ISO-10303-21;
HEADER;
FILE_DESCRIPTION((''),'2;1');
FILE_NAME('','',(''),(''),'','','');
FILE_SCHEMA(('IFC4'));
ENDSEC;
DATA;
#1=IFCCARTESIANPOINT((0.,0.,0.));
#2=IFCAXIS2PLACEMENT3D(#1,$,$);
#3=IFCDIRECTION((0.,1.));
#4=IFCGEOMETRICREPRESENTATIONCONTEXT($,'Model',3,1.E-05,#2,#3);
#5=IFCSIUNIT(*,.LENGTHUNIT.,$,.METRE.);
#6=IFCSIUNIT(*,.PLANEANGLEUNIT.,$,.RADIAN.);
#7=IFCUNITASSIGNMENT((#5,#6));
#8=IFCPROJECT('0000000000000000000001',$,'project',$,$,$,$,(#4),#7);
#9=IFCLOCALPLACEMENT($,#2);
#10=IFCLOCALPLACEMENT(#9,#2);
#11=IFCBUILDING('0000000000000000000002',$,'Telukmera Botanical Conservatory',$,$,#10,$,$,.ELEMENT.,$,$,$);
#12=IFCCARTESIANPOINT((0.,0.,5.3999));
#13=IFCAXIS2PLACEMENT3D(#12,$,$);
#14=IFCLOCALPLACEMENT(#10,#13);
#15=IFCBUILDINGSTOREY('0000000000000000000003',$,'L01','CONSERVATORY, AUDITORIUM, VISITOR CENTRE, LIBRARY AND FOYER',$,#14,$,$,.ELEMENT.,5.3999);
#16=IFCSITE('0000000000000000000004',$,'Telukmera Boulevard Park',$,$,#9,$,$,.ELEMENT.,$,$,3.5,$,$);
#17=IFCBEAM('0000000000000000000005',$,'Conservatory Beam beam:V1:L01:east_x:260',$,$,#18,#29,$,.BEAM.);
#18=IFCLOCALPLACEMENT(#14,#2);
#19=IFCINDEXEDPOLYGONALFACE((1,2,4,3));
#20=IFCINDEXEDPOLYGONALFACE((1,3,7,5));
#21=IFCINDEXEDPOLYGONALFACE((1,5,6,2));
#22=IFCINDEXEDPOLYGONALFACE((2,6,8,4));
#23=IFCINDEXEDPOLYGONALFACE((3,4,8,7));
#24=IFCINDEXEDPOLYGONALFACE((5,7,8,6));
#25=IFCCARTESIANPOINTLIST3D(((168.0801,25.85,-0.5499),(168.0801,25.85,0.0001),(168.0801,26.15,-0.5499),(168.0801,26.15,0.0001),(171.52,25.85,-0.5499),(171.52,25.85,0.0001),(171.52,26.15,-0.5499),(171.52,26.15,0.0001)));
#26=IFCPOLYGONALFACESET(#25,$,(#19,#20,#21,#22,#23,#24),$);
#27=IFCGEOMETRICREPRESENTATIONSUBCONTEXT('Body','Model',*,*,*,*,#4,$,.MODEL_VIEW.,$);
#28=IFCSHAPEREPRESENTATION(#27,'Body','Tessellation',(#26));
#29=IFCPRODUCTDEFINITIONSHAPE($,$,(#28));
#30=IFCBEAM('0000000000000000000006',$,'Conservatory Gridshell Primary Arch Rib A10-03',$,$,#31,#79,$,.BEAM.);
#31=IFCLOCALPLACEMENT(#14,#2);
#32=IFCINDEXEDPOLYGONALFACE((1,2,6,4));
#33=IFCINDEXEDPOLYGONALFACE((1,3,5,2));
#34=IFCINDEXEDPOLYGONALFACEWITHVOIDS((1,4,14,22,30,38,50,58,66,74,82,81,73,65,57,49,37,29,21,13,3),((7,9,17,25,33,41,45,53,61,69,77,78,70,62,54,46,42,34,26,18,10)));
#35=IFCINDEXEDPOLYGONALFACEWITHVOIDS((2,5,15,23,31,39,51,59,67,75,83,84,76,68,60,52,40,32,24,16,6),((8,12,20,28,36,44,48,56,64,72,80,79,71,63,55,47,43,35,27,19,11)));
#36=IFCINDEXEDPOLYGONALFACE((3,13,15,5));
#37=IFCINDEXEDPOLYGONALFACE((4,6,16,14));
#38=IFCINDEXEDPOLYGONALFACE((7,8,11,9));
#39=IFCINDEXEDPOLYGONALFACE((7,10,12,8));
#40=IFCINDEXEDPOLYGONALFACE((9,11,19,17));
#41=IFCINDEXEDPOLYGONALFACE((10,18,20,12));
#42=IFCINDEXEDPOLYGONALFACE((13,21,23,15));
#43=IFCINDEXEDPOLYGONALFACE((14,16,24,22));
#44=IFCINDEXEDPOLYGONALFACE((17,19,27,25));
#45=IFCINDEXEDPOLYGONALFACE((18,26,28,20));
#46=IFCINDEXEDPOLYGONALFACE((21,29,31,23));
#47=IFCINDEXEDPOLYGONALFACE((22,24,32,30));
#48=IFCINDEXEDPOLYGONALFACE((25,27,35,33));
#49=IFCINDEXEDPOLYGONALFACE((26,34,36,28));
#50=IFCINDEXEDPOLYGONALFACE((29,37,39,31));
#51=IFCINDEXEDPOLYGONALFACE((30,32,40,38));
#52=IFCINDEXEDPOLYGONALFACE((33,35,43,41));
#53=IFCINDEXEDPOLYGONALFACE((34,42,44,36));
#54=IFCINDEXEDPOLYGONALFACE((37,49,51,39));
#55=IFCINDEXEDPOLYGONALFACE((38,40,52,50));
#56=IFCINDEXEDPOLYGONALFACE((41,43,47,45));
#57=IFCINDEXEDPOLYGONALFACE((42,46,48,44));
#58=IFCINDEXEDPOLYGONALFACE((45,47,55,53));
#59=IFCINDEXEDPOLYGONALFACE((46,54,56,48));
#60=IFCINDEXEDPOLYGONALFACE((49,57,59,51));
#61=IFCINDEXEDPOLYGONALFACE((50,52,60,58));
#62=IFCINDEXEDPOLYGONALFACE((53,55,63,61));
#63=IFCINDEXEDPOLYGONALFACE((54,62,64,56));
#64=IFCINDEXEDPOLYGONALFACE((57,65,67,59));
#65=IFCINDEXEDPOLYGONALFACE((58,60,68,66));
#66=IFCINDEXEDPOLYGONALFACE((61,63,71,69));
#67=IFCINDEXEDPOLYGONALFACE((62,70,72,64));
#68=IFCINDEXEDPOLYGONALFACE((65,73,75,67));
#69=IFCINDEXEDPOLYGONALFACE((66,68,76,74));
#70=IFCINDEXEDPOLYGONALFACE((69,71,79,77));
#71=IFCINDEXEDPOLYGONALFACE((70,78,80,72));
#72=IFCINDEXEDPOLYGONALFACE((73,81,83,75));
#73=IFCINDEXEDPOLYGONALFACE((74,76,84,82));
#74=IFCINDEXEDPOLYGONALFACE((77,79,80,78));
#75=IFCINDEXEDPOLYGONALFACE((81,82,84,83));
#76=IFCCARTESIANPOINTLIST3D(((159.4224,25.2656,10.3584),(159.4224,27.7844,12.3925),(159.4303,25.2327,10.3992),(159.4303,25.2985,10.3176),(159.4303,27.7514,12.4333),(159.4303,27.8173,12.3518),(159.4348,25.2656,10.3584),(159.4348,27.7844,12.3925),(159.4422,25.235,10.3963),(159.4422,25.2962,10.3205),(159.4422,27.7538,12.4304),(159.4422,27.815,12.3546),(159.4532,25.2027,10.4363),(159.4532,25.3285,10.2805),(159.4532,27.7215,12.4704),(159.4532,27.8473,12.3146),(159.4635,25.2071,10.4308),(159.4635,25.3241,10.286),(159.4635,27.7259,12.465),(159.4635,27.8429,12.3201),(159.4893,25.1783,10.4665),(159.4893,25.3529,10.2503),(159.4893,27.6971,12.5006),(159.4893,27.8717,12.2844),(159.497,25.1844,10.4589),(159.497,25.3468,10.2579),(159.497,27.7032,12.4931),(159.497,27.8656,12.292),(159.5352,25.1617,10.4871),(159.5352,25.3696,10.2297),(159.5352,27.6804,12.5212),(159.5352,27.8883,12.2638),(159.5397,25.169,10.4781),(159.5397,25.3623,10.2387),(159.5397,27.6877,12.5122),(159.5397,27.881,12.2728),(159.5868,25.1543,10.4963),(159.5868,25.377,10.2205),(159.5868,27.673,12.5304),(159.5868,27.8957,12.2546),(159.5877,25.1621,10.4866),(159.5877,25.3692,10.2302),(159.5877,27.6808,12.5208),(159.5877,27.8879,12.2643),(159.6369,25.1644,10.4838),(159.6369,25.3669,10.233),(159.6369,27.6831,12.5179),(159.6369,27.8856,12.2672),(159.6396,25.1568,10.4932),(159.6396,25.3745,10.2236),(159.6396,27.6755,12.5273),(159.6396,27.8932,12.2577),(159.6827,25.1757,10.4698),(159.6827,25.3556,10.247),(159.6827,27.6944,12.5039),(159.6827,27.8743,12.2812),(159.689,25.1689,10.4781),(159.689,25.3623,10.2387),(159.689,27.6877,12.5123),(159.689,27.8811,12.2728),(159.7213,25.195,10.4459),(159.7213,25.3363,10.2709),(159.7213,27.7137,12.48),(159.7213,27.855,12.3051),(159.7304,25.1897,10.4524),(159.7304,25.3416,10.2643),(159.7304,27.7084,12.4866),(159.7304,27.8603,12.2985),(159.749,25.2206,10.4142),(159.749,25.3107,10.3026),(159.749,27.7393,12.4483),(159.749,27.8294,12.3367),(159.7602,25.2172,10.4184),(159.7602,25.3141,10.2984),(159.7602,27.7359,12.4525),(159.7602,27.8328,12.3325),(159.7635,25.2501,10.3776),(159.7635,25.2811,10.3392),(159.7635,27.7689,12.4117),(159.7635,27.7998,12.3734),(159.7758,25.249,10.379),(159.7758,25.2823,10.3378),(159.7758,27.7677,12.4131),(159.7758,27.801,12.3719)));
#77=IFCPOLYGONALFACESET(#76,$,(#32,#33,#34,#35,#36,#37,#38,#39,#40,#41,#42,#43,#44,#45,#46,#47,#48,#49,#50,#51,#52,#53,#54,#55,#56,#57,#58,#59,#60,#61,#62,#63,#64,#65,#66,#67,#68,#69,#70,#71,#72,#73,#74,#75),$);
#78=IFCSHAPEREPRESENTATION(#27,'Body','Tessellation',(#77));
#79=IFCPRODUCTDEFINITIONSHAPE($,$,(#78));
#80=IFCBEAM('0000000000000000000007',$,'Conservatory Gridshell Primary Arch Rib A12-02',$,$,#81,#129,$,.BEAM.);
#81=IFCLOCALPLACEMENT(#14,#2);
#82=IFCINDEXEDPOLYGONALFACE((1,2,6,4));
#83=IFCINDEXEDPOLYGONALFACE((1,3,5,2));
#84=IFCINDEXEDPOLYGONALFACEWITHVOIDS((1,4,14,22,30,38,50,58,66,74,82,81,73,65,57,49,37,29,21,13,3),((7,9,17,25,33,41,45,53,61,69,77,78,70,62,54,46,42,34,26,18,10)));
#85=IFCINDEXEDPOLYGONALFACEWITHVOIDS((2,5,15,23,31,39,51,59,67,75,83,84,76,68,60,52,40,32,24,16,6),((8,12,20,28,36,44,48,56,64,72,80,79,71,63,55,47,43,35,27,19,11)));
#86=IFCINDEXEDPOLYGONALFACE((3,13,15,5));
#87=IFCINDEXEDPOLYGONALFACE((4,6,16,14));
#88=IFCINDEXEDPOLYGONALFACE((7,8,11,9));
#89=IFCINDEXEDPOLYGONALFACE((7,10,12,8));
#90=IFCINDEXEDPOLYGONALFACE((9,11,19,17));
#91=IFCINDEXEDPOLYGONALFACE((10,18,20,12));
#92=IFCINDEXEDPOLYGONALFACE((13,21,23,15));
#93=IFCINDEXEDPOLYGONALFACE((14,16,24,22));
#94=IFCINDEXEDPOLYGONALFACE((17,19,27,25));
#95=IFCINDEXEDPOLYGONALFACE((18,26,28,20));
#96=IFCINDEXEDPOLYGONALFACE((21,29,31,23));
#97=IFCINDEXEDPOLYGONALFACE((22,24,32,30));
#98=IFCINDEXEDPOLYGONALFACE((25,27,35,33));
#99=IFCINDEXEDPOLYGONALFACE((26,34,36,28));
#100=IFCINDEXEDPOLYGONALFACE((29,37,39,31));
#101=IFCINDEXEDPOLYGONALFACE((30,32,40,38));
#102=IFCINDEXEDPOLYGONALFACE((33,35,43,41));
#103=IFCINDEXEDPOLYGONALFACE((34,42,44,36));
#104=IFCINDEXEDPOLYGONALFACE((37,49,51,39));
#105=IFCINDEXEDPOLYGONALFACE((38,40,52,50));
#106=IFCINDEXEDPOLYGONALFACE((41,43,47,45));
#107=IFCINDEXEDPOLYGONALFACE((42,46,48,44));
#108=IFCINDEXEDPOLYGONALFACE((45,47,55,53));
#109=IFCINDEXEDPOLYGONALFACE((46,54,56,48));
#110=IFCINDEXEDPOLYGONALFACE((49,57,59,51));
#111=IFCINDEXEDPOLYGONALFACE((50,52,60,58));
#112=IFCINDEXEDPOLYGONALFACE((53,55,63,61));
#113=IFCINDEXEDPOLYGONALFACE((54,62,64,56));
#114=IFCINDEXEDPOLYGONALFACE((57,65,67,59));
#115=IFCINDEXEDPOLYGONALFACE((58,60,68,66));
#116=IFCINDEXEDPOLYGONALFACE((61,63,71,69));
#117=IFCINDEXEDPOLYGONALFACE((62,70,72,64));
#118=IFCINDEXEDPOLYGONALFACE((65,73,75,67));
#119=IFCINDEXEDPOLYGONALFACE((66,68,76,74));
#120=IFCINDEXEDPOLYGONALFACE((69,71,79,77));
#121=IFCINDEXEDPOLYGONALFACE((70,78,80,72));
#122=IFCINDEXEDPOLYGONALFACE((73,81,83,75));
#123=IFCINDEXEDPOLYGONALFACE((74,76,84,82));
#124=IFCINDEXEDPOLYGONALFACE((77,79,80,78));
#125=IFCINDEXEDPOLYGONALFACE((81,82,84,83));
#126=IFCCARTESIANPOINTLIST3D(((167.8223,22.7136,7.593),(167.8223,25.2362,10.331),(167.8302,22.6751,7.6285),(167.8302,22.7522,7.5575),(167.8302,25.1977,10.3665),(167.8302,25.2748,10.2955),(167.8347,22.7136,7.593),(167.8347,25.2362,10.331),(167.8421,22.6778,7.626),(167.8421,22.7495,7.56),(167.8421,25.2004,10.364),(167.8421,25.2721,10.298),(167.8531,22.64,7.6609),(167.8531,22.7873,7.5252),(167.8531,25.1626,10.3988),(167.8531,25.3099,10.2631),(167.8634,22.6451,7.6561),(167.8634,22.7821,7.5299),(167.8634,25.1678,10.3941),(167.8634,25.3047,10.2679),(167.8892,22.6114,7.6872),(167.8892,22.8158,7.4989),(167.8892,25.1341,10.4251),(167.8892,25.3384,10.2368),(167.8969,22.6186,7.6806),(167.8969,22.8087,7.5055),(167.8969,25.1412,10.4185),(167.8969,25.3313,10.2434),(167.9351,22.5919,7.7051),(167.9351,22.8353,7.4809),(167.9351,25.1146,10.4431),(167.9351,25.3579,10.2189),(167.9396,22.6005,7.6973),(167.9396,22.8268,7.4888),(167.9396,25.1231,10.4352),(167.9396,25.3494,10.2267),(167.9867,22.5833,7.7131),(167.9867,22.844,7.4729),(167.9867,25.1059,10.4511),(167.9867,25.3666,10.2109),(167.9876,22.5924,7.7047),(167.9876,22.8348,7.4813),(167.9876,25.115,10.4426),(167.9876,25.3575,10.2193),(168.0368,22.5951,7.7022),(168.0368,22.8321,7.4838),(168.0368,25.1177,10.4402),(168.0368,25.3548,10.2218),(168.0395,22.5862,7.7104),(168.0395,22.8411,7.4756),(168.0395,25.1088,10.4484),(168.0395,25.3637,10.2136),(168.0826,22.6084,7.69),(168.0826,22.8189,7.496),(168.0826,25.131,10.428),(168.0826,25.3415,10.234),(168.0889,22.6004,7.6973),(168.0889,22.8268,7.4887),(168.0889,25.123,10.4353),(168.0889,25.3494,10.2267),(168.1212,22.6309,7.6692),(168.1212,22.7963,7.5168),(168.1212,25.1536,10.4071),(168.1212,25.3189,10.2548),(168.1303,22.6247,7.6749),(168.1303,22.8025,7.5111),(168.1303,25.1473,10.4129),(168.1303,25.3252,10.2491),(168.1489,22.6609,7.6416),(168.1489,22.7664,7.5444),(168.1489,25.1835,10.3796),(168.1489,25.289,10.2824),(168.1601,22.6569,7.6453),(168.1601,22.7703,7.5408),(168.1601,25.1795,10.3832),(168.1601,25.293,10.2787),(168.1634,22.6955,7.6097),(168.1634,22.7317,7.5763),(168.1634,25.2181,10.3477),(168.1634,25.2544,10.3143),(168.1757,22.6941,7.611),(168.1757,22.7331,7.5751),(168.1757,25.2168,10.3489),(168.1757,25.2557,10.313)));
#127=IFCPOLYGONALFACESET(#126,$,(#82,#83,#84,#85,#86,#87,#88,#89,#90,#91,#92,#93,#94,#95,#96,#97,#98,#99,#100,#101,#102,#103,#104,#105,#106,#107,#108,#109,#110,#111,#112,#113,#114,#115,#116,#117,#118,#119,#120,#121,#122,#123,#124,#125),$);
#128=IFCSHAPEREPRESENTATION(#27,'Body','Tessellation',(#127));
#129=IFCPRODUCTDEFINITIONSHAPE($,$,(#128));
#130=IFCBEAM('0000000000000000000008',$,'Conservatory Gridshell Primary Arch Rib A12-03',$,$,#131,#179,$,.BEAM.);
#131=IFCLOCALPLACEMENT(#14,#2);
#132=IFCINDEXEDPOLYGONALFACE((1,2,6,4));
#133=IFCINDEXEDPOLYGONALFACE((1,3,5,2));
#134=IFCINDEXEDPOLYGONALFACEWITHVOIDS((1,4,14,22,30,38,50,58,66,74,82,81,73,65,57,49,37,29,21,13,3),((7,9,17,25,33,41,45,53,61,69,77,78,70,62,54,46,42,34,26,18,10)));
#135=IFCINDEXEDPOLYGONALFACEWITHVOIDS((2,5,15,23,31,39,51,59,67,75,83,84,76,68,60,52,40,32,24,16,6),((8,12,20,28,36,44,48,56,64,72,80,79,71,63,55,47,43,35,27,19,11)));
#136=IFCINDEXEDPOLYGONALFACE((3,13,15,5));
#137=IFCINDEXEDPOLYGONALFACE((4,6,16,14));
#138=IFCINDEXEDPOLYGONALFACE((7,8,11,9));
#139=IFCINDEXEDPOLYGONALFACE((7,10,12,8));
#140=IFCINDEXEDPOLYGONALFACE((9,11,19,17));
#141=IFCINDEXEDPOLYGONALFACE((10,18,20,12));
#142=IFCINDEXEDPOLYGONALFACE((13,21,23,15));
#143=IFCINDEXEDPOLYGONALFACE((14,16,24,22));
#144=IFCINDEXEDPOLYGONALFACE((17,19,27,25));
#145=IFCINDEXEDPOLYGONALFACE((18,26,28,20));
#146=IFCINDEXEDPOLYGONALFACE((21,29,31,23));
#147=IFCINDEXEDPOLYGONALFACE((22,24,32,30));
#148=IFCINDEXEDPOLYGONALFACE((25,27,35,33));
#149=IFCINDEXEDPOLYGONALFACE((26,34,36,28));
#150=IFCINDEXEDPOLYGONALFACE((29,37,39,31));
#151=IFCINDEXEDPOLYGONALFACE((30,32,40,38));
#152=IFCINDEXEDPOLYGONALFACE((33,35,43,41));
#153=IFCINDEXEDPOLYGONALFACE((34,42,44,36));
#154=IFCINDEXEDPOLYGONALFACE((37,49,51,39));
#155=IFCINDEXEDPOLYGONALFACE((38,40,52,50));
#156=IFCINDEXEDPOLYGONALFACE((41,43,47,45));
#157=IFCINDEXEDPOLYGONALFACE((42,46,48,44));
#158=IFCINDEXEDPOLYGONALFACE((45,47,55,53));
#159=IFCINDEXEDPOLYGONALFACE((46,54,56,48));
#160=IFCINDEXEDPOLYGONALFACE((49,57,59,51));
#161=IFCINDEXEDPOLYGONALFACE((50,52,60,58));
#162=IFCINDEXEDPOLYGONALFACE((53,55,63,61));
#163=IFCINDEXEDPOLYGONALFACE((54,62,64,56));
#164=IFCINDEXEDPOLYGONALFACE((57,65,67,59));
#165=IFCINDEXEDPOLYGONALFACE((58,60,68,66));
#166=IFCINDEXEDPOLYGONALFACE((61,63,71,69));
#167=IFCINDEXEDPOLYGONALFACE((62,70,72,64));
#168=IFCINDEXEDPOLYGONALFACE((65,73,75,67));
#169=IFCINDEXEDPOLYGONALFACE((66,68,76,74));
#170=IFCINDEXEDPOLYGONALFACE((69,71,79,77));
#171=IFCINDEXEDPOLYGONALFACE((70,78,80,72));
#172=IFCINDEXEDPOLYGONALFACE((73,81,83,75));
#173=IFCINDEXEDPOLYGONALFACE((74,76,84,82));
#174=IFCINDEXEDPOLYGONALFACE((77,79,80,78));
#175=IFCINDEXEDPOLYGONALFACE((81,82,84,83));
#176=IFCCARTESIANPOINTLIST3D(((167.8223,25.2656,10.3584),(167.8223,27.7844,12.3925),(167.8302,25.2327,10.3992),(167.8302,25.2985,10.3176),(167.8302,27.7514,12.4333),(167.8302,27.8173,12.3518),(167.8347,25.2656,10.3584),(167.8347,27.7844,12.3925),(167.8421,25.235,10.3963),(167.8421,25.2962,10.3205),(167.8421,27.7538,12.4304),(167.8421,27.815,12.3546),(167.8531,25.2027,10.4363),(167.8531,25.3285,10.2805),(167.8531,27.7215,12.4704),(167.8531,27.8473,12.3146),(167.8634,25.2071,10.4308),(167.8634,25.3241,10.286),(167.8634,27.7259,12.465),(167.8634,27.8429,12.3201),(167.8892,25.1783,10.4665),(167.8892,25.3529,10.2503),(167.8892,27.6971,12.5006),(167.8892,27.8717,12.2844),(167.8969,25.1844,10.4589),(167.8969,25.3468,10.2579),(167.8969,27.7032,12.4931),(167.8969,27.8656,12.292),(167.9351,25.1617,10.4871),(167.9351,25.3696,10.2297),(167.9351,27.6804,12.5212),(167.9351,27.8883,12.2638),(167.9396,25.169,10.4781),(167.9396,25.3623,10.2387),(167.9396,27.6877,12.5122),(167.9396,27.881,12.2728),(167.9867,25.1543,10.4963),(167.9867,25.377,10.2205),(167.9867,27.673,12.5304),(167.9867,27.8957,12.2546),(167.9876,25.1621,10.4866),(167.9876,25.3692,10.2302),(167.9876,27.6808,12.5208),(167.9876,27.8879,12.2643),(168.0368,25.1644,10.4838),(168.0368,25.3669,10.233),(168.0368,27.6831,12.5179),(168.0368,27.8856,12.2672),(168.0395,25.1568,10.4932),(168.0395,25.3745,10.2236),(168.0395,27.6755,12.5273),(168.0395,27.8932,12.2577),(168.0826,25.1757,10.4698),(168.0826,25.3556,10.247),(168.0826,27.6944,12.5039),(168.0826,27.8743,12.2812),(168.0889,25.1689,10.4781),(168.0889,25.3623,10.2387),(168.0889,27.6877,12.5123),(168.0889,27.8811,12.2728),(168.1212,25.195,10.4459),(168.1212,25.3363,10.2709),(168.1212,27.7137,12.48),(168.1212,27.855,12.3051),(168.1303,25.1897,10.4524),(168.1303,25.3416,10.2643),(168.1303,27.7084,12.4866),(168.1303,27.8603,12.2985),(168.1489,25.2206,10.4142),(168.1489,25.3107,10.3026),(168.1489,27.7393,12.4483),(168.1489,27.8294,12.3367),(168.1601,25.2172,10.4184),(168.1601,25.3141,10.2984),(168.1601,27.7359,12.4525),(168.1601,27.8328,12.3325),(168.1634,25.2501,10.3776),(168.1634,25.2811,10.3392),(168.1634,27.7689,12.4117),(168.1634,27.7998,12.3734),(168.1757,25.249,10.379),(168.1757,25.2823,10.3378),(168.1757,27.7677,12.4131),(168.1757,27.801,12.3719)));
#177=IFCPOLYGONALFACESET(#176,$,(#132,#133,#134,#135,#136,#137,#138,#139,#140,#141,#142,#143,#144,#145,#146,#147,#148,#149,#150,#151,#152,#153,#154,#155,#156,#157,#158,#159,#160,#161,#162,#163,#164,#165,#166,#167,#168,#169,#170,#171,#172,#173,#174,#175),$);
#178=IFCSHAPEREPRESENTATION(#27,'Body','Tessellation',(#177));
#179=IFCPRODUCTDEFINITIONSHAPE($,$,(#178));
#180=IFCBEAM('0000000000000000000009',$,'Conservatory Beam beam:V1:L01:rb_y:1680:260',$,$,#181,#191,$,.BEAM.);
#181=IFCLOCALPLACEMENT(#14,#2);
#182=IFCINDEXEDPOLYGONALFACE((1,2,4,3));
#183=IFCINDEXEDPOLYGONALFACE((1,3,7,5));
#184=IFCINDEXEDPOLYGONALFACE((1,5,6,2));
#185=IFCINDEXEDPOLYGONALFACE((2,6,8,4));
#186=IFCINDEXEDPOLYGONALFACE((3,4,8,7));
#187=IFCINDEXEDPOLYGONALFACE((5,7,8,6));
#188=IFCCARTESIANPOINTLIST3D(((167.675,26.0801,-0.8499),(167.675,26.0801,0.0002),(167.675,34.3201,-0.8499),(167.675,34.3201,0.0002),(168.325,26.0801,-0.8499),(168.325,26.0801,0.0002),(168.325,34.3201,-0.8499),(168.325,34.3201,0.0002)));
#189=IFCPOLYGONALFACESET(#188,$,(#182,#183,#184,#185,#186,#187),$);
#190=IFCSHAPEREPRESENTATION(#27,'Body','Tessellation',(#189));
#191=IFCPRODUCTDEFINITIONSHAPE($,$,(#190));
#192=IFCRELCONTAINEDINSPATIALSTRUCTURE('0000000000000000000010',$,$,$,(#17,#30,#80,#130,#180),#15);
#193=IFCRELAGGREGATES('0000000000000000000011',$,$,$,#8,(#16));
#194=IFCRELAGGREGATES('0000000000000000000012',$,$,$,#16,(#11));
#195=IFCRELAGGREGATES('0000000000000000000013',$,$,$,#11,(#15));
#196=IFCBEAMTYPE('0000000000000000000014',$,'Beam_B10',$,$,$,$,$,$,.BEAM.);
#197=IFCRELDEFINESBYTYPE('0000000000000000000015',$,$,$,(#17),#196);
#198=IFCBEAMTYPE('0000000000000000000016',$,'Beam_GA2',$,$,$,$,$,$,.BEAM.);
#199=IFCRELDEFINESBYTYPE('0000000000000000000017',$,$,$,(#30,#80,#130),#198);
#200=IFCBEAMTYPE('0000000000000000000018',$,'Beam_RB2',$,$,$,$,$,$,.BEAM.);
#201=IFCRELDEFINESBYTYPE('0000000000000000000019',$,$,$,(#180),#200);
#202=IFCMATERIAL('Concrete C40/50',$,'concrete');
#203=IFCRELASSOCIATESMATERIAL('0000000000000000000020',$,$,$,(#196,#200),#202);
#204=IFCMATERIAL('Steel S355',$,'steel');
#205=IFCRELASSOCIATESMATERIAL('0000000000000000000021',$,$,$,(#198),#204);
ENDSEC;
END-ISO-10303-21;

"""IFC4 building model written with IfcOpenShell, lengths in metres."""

from ifc_helpers import new_model, si_unit, direction, frame, origin, origin_2d, place, context, subcontext, project, spatial, rectangle, hollow_circle, extrude, material, material_profile, profile_set, type_object, element, save


model = new_model("IFC4")

# Units and contexts
model_context = context("Model", 3, precision=1e-05, world=origin(), true_north=direction((0.0, 1.0)))
body_context = subcontext(model_context, "Body", "Model", "MODEL_VIEW")
ifc_project = project(units=[si_unit("LENGTHUNIT", "METRE"), si_unit("PLANEANGLEUNIT", "RADIAN")], contexts=[model_context])

# Site, building, storey
site_placement = place(None, origin())
site = spatial("IfcSite", under=ifc_project, at=site_placement, Name="Telukmera Boulevard Park", CompositionType="ELEMENT", RefElevation=3.5)
building_placement = place(site_placement, origin())
building = spatial("IfcBuilding", under=site, at=building_placement, Name="Telukmera Botanical Conservatory", CompositionType="ELEMENT")
storey_placement = place(building_placement, frame((0.0, 0.0, 5.3999)))
storey = spatial("IfcBuildingStorey", under=building, at=storey_placement, Name="L01", Description="CONSERVATORY, AUDITORIUM, VISITOR CENTRE, LIBRARY AND FOYER", CompositionType="ELEMENT", Elevation=5.3999)

# Beams
ifc_material_1 = material(Name="Concrete C40/50", Category="concrete")
ifc_material_profile_1 = material_profile(ifc_material_1, rectangle(XDim=0.3, YDim=0.55, at=origin_2d()), Name="RC 300x550")
ifc_profile_set_1 = profile_set([ifc_material_profile_1], Name="Concrete C40/50")
beam_type_1 = type_object("IfcBeamType", Name="Beam_B10", PredefinedType="BEAM", material=ifc_profile_set_1)
beam_1_placement = place(storey_placement, frame((168.0801, 26.0, -0.2749), z_axis=(1.0, 0.0, 0.0), x_axis=(0.0, 1.0, 0.0)))
element("IfcBeam", 1, at=beam_1_placement, inside=storey, type_object=beam_type_1, Name="Conservatory Beam beam:V1:L01:east_x:260", PredefinedType="BEAM", context=body_context, shape_type="SweptSolid", body=[
    extrude(rectangle(XDim=0.3, YDim=0.55, at=origin_2d()), origin(), (0.0, 0.0, 1.0), 3.4399),
])
ifc_material_2 = material(Name="Steel S355", Category="steel")
ifc_material_profile_2 = material_profile(ifc_material_2, hollow_circle(Radius=0.1777, WallThickness=0.0125, at=origin_2d()), Name="CHS 355.6x12.5")
ifc_profile_set_2 = profile_set([ifc_material_profile_2], Name="Steel S355")
beam_type_2 = type_object("IfcBeamType", Name="Beam_GA2", PredefinedType="BEAM", material=ifc_profile_set_2)
beam_2_placement = place(storey_placement, frame((159.6001, 25.2656, 10.3584), z_axis=(0.0, 0.777977, 0.628293), x_axis=(-1.0, 0.0, 0.0)))
element("IfcBeam", 2, at=beam_2_placement, inside=storey, type_object=beam_type_2, Name="Conservatory Gridshell Primary Arch Rib A10-03", PredefinedType="BEAM", context=body_context, shape_type="SweptSolid", body=[
    extrude(hollow_circle(Radius=0.1777, WallThickness=0.0125, at=origin_2d()), origin(), (0.0, 0.0, 1.0), 3.2375),
])
beam_3_placement = place(storey_placement, frame((168.0, 22.7136, 7.593), z_axis=(0.0, 0.677596, 0.735434), x_axis=(-1.0, 0.0, 0.0)))
element("IfcBeam", 3, at=beam_3_placement, inside=storey, type_object=beam_type_2, Name="Conservatory Gridshell Primary Arch Rib A12-02", PredefinedType="BEAM", context=body_context, shape_type="SweptSolid", body=[
    extrude(hollow_circle(Radius=0.1777, WallThickness=0.0125, at=origin_2d()), origin(), (0.0, 0.0, 1.0), 3.7229),
])
beam_4_placement = place(storey_placement, frame((168.0, 25.2656, 10.3584), z_axis=(0.0, 0.777977, 0.628293), x_axis=(-1.0, 0.0, 0.0)))
element("IfcBeam", 4, at=beam_4_placement, inside=storey, type_object=beam_type_2, Name="Conservatory Gridshell Primary Arch Rib A12-03", PredefinedType="BEAM", context=body_context, shape_type="SweptSolid", body=[
    extrude(hollow_circle(Radius=0.1777, WallThickness=0.0125, at=origin_2d()), origin(), (0.0, 0.0, 1.0), 3.2375),
])
ifc_material_profile_3 = material_profile(ifc_material_1, rectangle(XDim=0.6499, YDim=0.8501, at=origin_2d()), Name="RC 650x850")
ifc_profile_set_3 = profile_set([ifc_material_profile_3], Name="Concrete C40/50")
beam_type_3 = type_object("IfcBeamType", Name="Beam_RB2", PredefinedType="BEAM", material=ifc_profile_set_3)
beam_5_placement = place(storey_placement, frame((168.0, 26.0801, -0.4248), z_axis=(0.0, 1.0, 0.0), x_axis=(-1.0, 0.0, 0.0)))
element("IfcBeam", 5, at=beam_5_placement, inside=storey, type_object=beam_type_3, Name="Conservatory Beam beam:V1:L01:rb_y:1680:260", PredefinedType="BEAM", context=body_context, shape_type="SweptSolid", body=[
    extrude(rectangle(XDim=0.6499, YDim=0.8501, at=origin_2d()), origin(), (0.0, 0.0, 1.0), 8.24),
])

save(model, "model.ifc")
